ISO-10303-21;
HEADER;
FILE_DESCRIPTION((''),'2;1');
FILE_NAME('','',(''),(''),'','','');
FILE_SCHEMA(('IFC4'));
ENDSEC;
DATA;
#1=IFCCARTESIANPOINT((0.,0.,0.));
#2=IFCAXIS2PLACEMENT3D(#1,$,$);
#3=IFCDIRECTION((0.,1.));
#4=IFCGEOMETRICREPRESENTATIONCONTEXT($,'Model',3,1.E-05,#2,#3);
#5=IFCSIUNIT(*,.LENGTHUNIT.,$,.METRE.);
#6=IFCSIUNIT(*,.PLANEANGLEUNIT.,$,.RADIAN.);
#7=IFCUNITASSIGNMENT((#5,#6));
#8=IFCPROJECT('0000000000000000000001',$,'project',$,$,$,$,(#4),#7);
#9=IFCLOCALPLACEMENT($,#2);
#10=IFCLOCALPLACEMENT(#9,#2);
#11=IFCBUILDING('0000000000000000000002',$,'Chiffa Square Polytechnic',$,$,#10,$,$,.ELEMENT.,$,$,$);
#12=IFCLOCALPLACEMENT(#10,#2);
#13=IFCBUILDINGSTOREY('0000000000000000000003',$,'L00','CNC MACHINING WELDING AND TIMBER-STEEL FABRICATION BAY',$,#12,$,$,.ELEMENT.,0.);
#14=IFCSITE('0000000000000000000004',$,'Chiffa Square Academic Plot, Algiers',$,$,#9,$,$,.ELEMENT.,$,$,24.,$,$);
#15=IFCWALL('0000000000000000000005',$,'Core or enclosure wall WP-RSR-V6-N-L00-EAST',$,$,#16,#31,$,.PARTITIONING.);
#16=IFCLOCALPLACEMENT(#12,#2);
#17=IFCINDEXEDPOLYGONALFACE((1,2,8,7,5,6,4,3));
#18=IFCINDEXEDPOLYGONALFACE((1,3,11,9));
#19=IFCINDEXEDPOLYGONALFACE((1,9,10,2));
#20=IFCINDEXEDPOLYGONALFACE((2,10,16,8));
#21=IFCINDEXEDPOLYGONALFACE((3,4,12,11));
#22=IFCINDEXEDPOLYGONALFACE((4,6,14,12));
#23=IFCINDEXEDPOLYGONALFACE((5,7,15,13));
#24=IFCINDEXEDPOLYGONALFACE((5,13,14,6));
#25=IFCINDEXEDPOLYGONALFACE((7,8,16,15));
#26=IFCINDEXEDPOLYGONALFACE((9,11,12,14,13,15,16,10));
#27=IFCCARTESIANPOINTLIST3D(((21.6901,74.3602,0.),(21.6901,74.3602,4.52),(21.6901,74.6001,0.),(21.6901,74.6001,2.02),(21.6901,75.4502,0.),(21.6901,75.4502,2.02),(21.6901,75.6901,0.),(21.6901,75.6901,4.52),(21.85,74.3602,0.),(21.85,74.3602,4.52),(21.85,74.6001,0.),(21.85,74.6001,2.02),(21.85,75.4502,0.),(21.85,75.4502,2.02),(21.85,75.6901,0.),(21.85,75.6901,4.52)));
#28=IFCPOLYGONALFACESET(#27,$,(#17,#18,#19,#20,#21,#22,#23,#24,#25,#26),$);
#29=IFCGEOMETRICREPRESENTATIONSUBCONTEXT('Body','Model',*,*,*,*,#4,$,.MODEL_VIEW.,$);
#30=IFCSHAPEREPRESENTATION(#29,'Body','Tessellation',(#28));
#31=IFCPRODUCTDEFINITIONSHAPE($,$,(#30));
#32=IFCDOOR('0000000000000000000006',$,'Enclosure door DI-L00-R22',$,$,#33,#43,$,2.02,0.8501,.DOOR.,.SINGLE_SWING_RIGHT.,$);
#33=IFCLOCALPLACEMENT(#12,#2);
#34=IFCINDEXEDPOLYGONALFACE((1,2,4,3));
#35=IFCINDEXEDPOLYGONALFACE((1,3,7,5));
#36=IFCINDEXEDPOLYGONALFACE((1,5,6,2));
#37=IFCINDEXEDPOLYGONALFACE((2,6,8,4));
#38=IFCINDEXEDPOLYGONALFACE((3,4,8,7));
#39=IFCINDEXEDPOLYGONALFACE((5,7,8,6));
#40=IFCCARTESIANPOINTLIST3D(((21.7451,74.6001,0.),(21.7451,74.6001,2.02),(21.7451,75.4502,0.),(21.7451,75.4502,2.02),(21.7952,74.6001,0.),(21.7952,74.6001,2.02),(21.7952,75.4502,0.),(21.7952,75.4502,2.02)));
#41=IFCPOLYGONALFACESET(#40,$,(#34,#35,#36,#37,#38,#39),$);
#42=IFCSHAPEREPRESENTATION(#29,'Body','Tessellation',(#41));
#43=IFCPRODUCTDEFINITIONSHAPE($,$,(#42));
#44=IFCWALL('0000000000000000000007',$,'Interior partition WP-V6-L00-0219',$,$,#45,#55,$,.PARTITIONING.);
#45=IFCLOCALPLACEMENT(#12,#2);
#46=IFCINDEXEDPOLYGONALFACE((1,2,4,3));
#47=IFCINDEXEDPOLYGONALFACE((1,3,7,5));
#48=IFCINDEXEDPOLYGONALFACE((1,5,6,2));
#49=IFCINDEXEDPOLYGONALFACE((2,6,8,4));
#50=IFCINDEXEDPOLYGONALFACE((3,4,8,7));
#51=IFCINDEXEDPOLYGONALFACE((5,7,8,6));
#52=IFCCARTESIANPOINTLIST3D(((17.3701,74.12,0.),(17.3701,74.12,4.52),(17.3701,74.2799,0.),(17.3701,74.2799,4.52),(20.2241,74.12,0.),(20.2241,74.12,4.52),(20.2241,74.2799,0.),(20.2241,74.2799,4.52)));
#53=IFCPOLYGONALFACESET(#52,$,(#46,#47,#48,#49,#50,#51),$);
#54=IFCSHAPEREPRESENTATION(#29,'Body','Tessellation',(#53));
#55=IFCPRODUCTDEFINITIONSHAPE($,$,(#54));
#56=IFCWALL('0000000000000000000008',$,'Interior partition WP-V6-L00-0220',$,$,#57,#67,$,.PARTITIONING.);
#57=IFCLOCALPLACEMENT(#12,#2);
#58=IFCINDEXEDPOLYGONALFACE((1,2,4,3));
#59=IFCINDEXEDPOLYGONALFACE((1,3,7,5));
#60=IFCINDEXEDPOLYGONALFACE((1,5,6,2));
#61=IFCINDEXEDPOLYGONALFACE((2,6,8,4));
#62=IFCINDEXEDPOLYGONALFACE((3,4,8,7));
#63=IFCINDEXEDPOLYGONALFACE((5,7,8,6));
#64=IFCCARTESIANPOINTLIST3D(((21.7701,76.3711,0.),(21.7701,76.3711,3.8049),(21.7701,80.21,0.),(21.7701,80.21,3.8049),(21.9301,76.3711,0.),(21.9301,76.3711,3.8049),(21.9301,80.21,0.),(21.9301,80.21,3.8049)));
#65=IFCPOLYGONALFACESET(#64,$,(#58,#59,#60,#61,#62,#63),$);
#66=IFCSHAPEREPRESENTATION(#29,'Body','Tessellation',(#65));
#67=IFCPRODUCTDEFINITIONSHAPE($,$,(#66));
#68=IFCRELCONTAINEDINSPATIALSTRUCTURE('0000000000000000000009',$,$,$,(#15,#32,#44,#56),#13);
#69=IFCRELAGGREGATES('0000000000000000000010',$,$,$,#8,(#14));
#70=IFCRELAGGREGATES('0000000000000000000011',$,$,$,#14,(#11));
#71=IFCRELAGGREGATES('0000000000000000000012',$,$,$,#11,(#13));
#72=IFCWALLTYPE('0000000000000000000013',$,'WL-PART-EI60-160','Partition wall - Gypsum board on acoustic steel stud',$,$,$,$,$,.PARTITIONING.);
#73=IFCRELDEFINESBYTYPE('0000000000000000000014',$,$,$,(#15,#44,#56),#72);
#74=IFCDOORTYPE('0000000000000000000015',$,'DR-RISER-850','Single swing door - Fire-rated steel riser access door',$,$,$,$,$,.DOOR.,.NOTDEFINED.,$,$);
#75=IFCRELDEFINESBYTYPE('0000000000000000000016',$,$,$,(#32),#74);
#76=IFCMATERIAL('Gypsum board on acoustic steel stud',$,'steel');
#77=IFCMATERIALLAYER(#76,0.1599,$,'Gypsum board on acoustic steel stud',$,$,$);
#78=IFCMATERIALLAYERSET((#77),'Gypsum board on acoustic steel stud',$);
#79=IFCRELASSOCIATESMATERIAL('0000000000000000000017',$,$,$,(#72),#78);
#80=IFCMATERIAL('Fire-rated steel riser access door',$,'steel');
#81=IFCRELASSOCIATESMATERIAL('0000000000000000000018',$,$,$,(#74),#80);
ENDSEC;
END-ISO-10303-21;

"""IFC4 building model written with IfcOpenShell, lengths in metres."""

from ifc_helpers import new_model, si_unit, direction, frame, frame_2d, origin, place, context, subcontext, project, spatial, rectangle, extrude, material, layer, layer_set, type_object, element, fill, save


model = new_model("IFC4")

# Units and contexts
model_context = context("Model", 3, precision=1e-05, world=origin(), true_north=direction((0.0, 1.0)))
body_context = subcontext(model_context, "Body", "Model", "MODEL_VIEW")
ifc_project = project(units=[si_unit("LENGTHUNIT", "METRE"), si_unit("PLANEANGLEUNIT", "RADIAN")], contexts=[model_context])

# Site, building, storey
site_placement = place(None, origin())
site = spatial("IfcSite", under=ifc_project, at=site_placement, Name="Chiffa Square Academic Plot, Algiers", CompositionType="ELEMENT", RefElevation=24.0)
building_placement = place(site_placement, origin())
building = spatial("IfcBuilding", under=site, at=building_placement, Name="Chiffa Square Polytechnic", CompositionType="ELEMENT")
storey_placement = place(building_placement, origin())
storey = spatial("IfcBuildingStorey", under=building, at=storey_placement, Name="L00", Description="CNC MACHINING WELDING AND TIMBER-STEEL FABRICATION BAY", CompositionType="ELEMENT", Elevation=0.0)

# Shared definitions
ifc_material_1 = material(Name="Gypsum board on acoustic steel stud", Category="steel")
ifc_layer_1 = layer(ifc_material_1, 0.1599, Name="Gypsum board on acoustic steel stud")
ifc_layer_set_1 = layer_set([ifc_layer_1], Name="Gypsum board on acoustic steel stud")
wall_type_1 = type_object("IfcWallType", Name="WL-PART-EI60-160", Description="Partition wall - Gypsum board on acoustic steel stud", PredefinedType="PARTITIONING", material=ifc_layer_set_1)

# Wall, opening, door
wall_1_placement = place(storey_placement, frame((21.77, 74.3601, 0.0), z_axis=(0.0, 0.0, 1.0), x_axis=(0.0, 1.0, 0.0)))
wall_1 = element("IfcWall", 1, at=wall_1_placement, inside=storey, type_object=wall_type_1, Name="Core or enclosure wall WP-RSR-V6-N-L00-EAST", PredefinedType="PARTITIONING", context=body_context, shape_type="SweptSolid", body=[
    extrude(rectangle(XDim=1.3298, YDim=0.1599, at=frame_2d((0.665, 0.0))), origin(), (0.0, 0.0, 1.0), 4.52),
])
opening_placement = place(wall_1_placement, frame((0.24, 0.0, 0.0)))
opening = element("IfcOpeningElement", 2, at=opening_placement, cuts=wall_1, PredefinedType="OPENING", context=body_context, shape_type="SweptSolid", body=[
    extrude(rectangle(XDim=0.8501, YDim=2.02, at=frame_2d((0.425, 1.01))), frame((0.0, 0.0898, 0.0), z_axis=(0.0, -1.0, 0.0), x_axis=(1.0, 0.0, 0.0)), (0.0, 0.0, 1.0), 0.1799),
])
ifc_material_2 = material(Name="Fire-rated steel riser access door", Category="steel")
door_type = type_object("IfcDoorType", Name="DR-RISER-850", Description="Single swing door - Fire-rated steel riser access door", OperationType="NOTDEFINED", PredefinedType="DOOR", material=ifc_material_2)
door_placement = place(opening_placement, origin())
door = element("IfcDoor", 3, at=door_placement, inside=storey, type_object=door_type, Name="Enclosure door DI-L00-R22", OperationType="SINGLE_SWING_RIGHT", OverallHeight=2.02, OverallWidth=0.8501, PredefinedType="DOOR", context=body_context, shape_type="SweptSolid", body=[
    extrude(rectangle(XDim=0.8501, YDim=2.02, at=frame_2d((0.425, 1.01))), frame((0.0, 0.0249, 0.0), z_axis=(0.0, -1.0, 0.0), x_axis=(1.0, 0.0, 0.0)), (0.0, 0.0, 1.0), 0.05),
])
fill(opening, door)

# Walls
wall_2_placement = place(storey_placement, frame((17.3701, 74.2, 0.0), z_axis=(0.0, 0.0, 1.0), x_axis=(1.0, 0.0, 0.0)))
element("IfcWall", 4, at=wall_2_placement, inside=storey, type_object=wall_type_1, Name="Interior partition WP-V6-L00-0219", PredefinedType="PARTITIONING", context=body_context, shape_type="SweptSolid", body=[
    extrude(rectangle(XDim=2.854, YDim=0.1599, at=frame_2d((1.427, 0.0))), origin(), (0.0, 0.0, 1.0), 4.52),
])
wall_3_placement = place(storey_placement, frame((21.8501, 76.3711, 0.0), z_axis=(0.0, 0.0, 1.0), x_axis=(0.0, 1.0, 0.0)))
element("IfcWall", 5, at=wall_3_placement, inside=storey, type_object=wall_type_1, Name="Interior partition WP-V6-L00-0220", PredefinedType="PARTITIONING", context=body_context, shape_type="SweptSolid", body=[
    extrude(rectangle(XDim=3.8389, YDim=0.1599, at=frame_2d((1.9194, 0.0))), origin(), (0.0, 0.0, 1.0), 3.8049),
])

save(model, "model.ifc")
